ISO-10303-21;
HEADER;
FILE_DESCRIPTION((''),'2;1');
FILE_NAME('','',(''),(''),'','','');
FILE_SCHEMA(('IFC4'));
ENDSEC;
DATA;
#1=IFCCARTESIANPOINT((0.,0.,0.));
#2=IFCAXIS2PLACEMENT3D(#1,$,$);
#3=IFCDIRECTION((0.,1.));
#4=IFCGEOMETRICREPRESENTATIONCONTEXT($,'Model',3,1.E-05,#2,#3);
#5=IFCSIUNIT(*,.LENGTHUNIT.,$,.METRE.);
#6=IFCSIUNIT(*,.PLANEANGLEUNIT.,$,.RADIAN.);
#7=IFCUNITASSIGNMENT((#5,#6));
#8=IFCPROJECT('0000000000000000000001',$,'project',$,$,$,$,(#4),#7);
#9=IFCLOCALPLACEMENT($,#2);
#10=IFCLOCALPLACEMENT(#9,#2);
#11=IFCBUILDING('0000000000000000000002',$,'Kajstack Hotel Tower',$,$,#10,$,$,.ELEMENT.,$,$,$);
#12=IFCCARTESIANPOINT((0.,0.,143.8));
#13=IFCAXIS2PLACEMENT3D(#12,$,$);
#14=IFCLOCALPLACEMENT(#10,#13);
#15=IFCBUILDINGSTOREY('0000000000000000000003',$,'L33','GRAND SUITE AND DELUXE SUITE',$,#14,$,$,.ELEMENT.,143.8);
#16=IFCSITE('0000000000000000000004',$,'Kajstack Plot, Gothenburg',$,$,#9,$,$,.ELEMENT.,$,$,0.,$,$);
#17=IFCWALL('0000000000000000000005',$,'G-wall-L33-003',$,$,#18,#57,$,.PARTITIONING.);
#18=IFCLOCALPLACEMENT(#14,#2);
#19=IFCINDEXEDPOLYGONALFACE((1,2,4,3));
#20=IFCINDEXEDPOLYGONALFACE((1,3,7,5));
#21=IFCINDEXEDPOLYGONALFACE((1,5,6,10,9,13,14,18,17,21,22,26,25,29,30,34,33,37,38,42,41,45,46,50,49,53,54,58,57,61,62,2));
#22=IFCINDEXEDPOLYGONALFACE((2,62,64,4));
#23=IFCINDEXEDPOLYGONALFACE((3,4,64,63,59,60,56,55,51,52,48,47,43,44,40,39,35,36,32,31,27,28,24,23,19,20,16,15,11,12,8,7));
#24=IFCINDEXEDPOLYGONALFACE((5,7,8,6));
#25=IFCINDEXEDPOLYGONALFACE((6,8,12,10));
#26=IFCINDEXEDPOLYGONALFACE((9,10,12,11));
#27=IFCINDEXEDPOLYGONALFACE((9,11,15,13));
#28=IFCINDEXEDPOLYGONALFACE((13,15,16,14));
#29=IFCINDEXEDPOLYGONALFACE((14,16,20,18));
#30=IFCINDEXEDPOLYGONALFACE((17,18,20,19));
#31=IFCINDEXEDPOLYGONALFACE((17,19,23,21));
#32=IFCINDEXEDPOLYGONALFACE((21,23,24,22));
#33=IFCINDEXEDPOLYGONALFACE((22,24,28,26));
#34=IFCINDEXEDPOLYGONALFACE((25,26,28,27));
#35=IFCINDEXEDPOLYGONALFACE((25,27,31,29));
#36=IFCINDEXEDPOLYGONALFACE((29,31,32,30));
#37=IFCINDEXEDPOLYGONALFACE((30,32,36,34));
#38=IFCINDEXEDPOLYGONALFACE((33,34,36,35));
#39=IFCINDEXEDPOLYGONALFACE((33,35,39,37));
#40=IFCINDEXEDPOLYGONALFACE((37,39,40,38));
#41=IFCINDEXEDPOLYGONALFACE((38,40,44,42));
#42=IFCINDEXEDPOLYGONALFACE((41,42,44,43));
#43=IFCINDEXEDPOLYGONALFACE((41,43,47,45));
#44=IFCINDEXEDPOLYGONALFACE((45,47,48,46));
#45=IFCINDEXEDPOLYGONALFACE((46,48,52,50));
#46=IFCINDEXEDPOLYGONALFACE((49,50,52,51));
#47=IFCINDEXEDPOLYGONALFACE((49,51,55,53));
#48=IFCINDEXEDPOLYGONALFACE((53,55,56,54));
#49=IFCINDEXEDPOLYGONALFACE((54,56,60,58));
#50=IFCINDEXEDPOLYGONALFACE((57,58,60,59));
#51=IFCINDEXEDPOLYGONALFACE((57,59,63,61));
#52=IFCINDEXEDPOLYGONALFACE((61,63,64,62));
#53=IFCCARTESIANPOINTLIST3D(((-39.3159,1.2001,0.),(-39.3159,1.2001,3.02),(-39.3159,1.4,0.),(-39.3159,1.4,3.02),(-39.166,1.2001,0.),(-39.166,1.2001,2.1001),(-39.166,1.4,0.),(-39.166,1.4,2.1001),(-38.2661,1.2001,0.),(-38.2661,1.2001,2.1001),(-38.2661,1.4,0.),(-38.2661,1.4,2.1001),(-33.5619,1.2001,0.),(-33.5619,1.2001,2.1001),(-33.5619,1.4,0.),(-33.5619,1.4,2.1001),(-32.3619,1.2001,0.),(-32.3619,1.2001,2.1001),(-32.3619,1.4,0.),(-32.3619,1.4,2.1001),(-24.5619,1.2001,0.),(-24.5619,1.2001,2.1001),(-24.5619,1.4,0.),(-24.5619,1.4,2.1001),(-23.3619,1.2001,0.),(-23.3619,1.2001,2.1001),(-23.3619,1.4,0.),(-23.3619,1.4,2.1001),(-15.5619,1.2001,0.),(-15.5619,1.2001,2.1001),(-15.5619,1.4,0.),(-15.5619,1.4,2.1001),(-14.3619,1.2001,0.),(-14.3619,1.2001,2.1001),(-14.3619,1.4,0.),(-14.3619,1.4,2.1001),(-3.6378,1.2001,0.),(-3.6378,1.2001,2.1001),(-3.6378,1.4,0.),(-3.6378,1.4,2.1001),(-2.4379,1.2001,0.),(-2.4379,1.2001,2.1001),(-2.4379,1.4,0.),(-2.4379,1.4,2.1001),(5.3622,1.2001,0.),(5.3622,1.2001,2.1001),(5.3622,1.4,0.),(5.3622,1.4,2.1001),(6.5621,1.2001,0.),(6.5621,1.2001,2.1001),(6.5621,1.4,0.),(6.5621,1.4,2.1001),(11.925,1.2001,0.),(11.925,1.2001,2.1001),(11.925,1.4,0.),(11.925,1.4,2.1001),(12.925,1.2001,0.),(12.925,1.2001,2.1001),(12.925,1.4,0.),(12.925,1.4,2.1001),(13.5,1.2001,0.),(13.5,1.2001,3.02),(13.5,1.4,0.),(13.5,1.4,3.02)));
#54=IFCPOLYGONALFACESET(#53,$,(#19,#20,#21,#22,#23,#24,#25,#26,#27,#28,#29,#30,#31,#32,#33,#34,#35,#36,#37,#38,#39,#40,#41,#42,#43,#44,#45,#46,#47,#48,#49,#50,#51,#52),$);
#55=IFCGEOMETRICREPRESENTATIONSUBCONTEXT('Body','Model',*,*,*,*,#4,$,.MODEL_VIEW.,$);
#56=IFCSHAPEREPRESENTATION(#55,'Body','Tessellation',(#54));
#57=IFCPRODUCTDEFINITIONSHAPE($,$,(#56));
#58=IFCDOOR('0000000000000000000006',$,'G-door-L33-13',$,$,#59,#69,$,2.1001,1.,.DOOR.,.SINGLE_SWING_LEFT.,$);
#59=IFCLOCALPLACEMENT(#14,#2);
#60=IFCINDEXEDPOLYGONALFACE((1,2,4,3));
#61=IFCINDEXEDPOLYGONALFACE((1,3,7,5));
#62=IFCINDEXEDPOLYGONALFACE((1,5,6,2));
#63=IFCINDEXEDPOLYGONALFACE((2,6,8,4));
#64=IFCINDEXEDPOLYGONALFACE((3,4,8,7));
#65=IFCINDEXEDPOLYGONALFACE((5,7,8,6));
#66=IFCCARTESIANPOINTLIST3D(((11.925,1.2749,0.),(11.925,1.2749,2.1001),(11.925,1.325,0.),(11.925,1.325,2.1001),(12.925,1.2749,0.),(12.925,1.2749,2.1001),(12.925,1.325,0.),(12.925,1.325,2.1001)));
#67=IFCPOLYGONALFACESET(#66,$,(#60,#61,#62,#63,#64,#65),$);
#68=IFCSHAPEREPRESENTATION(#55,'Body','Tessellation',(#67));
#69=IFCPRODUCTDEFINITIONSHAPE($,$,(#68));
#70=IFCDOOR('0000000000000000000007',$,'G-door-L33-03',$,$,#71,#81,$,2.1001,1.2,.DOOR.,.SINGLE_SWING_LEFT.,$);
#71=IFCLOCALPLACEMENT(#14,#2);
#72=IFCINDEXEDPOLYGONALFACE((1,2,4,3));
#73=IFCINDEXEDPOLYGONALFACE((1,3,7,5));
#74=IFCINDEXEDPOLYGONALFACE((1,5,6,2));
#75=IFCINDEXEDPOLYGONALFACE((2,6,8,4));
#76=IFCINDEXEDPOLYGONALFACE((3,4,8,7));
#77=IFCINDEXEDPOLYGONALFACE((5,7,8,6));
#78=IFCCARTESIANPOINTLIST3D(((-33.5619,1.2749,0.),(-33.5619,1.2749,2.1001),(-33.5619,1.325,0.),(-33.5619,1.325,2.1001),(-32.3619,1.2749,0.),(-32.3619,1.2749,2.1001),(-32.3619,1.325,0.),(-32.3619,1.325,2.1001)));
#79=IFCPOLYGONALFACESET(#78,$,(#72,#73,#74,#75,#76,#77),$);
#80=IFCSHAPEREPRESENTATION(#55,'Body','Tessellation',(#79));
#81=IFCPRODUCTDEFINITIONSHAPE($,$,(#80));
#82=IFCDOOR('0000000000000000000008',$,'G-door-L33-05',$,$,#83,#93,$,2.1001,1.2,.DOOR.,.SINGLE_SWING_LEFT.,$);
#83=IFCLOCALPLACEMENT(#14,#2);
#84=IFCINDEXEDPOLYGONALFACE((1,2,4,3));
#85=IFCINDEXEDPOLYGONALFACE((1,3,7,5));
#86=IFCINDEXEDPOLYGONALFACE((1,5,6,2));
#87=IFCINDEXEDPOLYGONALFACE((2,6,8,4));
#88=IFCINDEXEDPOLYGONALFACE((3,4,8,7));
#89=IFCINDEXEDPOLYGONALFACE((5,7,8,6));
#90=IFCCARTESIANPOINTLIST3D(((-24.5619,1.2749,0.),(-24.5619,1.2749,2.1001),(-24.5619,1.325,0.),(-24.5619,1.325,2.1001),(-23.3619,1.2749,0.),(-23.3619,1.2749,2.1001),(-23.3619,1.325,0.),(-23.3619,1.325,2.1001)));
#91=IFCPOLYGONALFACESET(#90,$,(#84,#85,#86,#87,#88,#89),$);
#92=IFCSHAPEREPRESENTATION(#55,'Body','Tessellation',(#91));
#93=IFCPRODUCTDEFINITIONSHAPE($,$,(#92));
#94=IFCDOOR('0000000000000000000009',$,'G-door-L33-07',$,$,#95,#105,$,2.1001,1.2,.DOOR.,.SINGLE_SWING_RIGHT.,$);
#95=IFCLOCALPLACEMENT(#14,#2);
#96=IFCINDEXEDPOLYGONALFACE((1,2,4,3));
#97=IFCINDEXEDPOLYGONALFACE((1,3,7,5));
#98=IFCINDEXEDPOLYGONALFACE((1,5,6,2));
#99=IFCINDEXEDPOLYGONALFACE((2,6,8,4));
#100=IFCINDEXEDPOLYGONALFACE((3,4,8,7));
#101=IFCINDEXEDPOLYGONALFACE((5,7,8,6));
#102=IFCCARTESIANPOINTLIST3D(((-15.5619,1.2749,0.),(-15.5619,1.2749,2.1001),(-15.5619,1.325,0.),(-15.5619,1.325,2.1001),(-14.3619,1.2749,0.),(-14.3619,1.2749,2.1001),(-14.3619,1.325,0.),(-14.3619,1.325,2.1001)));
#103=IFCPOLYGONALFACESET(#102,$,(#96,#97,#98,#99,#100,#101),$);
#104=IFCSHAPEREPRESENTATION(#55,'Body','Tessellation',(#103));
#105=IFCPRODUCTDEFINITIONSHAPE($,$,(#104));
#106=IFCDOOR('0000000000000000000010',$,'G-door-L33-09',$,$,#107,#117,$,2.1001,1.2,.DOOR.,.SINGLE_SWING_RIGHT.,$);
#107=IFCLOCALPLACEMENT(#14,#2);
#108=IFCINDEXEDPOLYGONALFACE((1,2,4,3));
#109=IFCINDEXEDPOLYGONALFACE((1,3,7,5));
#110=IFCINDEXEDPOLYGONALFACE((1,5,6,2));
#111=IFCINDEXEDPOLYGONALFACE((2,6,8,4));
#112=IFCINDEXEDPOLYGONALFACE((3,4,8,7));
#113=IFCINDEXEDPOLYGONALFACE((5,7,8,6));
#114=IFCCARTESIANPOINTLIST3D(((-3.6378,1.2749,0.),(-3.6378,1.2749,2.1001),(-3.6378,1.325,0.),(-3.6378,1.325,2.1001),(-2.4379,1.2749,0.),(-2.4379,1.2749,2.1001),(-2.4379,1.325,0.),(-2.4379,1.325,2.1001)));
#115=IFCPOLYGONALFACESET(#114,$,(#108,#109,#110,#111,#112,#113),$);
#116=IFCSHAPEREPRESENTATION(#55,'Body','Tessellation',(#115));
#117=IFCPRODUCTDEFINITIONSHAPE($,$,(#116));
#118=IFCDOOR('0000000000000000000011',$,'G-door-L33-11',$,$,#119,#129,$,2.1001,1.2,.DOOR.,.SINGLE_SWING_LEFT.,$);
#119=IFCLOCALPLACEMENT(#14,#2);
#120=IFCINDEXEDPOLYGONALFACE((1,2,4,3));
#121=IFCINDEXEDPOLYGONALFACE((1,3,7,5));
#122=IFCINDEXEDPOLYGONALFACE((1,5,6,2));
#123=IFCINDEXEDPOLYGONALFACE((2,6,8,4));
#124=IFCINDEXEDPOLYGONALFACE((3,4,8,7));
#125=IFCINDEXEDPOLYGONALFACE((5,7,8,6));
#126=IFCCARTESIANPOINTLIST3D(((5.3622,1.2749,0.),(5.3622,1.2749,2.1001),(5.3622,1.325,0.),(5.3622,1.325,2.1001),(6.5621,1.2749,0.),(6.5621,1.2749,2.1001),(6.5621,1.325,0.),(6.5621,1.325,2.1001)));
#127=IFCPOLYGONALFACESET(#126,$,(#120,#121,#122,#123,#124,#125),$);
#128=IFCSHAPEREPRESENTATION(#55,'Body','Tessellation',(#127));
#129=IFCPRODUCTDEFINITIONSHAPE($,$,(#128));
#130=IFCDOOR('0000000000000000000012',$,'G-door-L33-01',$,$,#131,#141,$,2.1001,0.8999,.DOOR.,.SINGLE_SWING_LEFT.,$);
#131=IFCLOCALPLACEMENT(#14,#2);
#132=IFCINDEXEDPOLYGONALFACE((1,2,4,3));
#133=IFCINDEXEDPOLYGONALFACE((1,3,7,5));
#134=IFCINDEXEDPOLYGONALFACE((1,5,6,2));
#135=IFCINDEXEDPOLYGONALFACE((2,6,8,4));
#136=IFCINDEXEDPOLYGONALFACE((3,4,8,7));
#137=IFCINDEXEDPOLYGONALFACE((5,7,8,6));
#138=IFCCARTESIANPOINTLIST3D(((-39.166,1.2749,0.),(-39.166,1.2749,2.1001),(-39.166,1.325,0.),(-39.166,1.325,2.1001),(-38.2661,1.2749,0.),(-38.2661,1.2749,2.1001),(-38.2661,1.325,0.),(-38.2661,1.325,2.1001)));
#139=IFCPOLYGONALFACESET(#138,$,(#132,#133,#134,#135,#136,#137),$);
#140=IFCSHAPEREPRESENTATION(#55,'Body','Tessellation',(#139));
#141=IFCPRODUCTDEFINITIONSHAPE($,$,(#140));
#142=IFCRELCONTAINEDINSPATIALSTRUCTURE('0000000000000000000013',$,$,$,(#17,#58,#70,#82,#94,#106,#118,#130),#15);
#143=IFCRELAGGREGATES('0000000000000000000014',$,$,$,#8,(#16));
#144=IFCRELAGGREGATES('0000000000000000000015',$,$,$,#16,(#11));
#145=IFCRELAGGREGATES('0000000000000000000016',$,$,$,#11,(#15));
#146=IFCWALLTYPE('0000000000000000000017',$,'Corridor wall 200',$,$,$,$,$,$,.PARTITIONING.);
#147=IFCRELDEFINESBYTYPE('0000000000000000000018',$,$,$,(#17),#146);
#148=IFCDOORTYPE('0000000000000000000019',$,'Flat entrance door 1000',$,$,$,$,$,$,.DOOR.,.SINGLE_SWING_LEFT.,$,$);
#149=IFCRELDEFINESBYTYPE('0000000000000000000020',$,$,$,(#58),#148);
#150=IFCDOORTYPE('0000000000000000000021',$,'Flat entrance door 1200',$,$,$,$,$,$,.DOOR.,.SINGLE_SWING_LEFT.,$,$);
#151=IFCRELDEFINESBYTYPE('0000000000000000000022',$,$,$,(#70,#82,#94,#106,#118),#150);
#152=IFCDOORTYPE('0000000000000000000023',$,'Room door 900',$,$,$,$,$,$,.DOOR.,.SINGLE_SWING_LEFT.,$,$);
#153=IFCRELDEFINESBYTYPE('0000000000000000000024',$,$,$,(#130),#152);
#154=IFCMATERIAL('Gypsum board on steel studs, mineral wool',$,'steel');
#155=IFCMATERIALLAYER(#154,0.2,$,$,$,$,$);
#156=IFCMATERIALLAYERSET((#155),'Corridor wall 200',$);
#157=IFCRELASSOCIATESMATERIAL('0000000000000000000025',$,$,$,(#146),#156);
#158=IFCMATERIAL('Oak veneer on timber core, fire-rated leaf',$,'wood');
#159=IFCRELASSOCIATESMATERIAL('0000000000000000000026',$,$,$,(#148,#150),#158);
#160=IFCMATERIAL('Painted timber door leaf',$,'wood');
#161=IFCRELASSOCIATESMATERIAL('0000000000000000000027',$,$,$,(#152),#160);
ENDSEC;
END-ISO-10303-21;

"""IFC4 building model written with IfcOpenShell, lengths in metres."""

from ifc_helpers import new_model, si_unit, direction, frame, frame_2d, origin, place, context, subcontext, project, spatial, rectangle, extrude, material, layer, layer_set, type_object, element, fill, save


model = new_model("IFC4")

# Units and contexts
model_context = context("Model", 3, precision=1e-05, world=origin(), true_north=direction((0.0, 1.0)))
body_context = subcontext(model_context, "Body", "Model", "MODEL_VIEW")
ifc_project = project(units=[si_unit("LENGTHUNIT", "METRE"), si_unit("PLANEANGLEUNIT", "RADIAN")], contexts=[model_context])

# Site, building, storey
site_placement = place(None, origin())
site = spatial("IfcSite", under=ifc_project, at=site_placement, Name="Kajstack Plot, Gothenburg", CompositionType="ELEMENT", RefElevation=0.0)
building_placement = place(site_placement, origin())
building = spatial("IfcBuilding", under=site, at=building_placement, Name="Kajstack Hotel Tower", CompositionType="ELEMENT")
storey_placement = place(building_placement, frame((0.0, 0.0, 143.8)))
storey = spatial("IfcBuildingStorey", under=building, at=storey_placement, Name="L33", Description="GRAND SUITE AND DELUXE SUITE", CompositionType="ELEMENT", Elevation=143.8)

# Wall, openings, doors
ifc_material_1 = material(Name="Gypsum board on steel studs, mineral wool", Category="steel")
ifc_layer_1 = layer(ifc_material_1, 0.2)
ifc_layer_set_1 = layer_set([ifc_layer_1], Name="Corridor wall 200")
wall_type_1 = type_object("IfcWallType", Name="Corridor wall 200", PredefinedType="PARTITIONING", material=ifc_layer_set_1)
wall_1_placement = place(storey_placement, frame((-39.3159, 1.3, 0.0), z_axis=(0.0, 0.0, 1.0), x_axis=(1.0, 0.0, 0.0)))
wall_1 = element("IfcWall", 1, at=wall_1_placement, inside=storey, type_object=wall_type_1, Name="G-wall-L33-003", PredefinedType="PARTITIONING", context=body_context, shape_type="SweptSolid", body=[
    extrude(rectangle(XDim=52.8159, YDim=0.2, at=frame_2d((26.408, 0.0))), origin(), (0.0, 0.0, 1.0), 3.02),
])
opening_1_placement = place(wall_1_placement, frame((0.1499, 0.0, 0.0)))
opening_1 = element("IfcOpeningElement", 2, at=opening_1_placement, cuts=wall_1, PredefinedType="OPENING", context=body_context, shape_type="SweptSolid", body=[
    extrude(rectangle(XDim=0.8999, YDim=2.1001, at=frame_2d((0.45, 1.05))), frame((0.0, 0.1099, 0.0), z_axis=(0.0, -1.0, 0.0), x_axis=(1.0, 0.0, 0.0)), (0.0, 0.0, 1.0), 0.22),
])
opening_2_placement = place(wall_1_placement, frame((5.7539, 0.0, 0.0)))
opening_2 = element("IfcOpeningElement", 3, at=opening_2_placement, cuts=wall_1, PredefinedType="OPENING", context=body_context, shape_type="SweptSolid", body=[
    extrude(rectangle(XDim=1.2, YDim=2.1001, at=frame_2d((0.6001, 1.05))), frame((0.0, 0.1099, 0.0), z_axis=(0.0, -1.0, 0.0), x_axis=(1.0, 0.0, 0.0)), (0.0, 0.0, 1.0), 0.22),
])
opening_3_placement = place(wall_1_placement, frame((14.7539, 0.0, 0.0)))
opening_3 = element("IfcOpeningElement", 4, at=opening_3_placement, cuts=wall_1, PredefinedType="OPENING", context=body_context, shape_type="SweptSolid", body=[
    extrude(rectangle(XDim=1.2, YDim=2.1001, at=frame_2d((0.6001, 1.05))), frame((0.0, 0.1099, 0.0), z_axis=(0.0, -1.0, 0.0), x_axis=(1.0, 0.0, 0.0)), (0.0, 0.0, 1.0), 0.22),
])
opening_4_placement = place(wall_1_placement, frame((23.7539, 0.0, 0.0)))
opening_4 = element("IfcOpeningElement", 5, at=opening_4_placement, cuts=wall_1, PredefinedType="OPENING", context=body_context, shape_type="SweptSolid", body=[
    extrude(rectangle(XDim=1.2, YDim=2.1001, at=frame_2d((0.6001, 1.05))), frame((0.0, 0.1099, 0.0), z_axis=(0.0, -1.0, 0.0), x_axis=(1.0, 0.0, 0.0)), (0.0, 0.0, 1.0), 0.22),
])
opening_5_placement = place(wall_1_placement, frame((35.678, 0.0, 0.0)))
opening_5 = element("IfcOpeningElement", 6, at=opening_5_placement, cuts=wall_1, PredefinedType="OPENING", context=body_context, shape_type="SweptSolid", body=[
    extrude(rectangle(XDim=1.2, YDim=2.1001, at=frame_2d((0.6001, 1.05))), frame((0.0, 0.1099, 0.0), z_axis=(0.0, -1.0, 0.0), x_axis=(1.0, 0.0, 0.0)), (0.0, 0.0, 1.0), 0.22),
])
opening_6_placement = place(wall_1_placement, frame((44.678, 0.0, 0.0)))
opening_6 = element("IfcOpeningElement", 7, at=opening_6_placement, cuts=wall_1, PredefinedType="OPENING", context=body_context, shape_type="SweptSolid", body=[
    extrude(rectangle(XDim=1.2, YDim=2.1001, at=frame_2d((0.6001, 1.05))), frame((0.0, 0.1099, 0.0), z_axis=(0.0, -1.0, 0.0), x_axis=(1.0, 0.0, 0.0)), (0.0, 0.0, 1.0), 0.22),
])
opening_7_placement = place(wall_1_placement, frame((51.241, 0.0, 0.0)))
opening_7 = element("IfcOpeningElement", 8, at=opening_7_placement, cuts=wall_1, PredefinedType="OPENING", context=body_context, shape_type="SweptSolid", body=[
    extrude(rectangle(XDim=1.0, YDim=2.1001, at=frame_2d((0.5, 1.05))), frame((0.0, 0.1099, 0.0), z_axis=(0.0, -1.0, 0.0), x_axis=(1.0, 0.0, 0.0)), (0.0, 0.0, 1.0), 0.22),
])
ifc_material_2 = material(Name="Oak veneer on timber core, fire-rated leaf", Category="wood")
door_type_1 = type_object("IfcDoorType", Name="Flat entrance door 1000", OperationType="SINGLE_SWING_LEFT", PredefinedType="DOOR", material=ifc_material_2)
door_1_placement = place(opening_7_placement, origin())
door_1 = element("IfcDoor", 9, at=door_1_placement, inside=storey, type_object=door_type_1, Name="G-door-L33-13", OperationType="SINGLE_SWING_LEFT", OverallHeight=2.1001, OverallWidth=1.0, PredefinedType="DOOR", context=body_context, shape_type="SweptSolid", body=[
    extrude(rectangle(XDim=1.0, YDim=2.1001, at=frame_2d((0.5, 1.05))), frame((0.0, 0.0249, 0.0), z_axis=(0.0, -1.0, 0.0), x_axis=(1.0, 0.0, 0.0)), (0.0, 0.0, 1.0), 0.05),
])
fill(opening_7, door_1)
door_type_2 = type_object("IfcDoorType", Name="Flat entrance door 1200", OperationType="SINGLE_SWING_LEFT", PredefinedType="DOOR", material=ifc_material_2)
door_2_placement = place(opening_2_placement, origin())
door_2 = element("IfcDoor", 10, at=door_2_placement, inside=storey, type_object=door_type_2, Name="G-door-L33-03", OperationType="SINGLE_SWING_LEFT", OverallHeight=2.1001, OverallWidth=1.2, PredefinedType="DOOR", context=body_context, shape_type="SweptSolid", body=[
    extrude(rectangle(XDim=1.2, YDim=2.1001, at=frame_2d((0.6001, 1.05))), frame((0.0, 0.0249, 0.0), z_axis=(0.0, -1.0, 0.0), x_axis=(1.0, 0.0, 0.0)), (0.0, 0.0, 1.0), 0.05),
])
fill(opening_2, door_2)
door_3_placement = place(opening_3_placement, origin())
door_3 = element("IfcDoor", 11, at=door_3_placement, inside=storey, type_object=door_type_2, Name="G-door-L33-05", OperationType="SINGLE_SWING_LEFT", OverallHeight=2.1001, OverallWidth=1.2, PredefinedType="DOOR", context=body_context, shape_type="SweptSolid", body=[
    extrude(rectangle(XDim=1.2, YDim=2.1001, at=frame_2d((0.6001, 1.05))), frame((0.0, 0.0249, 0.0), z_axis=(0.0, -1.0, 0.0), x_axis=(1.0, 0.0, 0.0)), (0.0, 0.0, 1.0), 0.05),
])
fill(opening_3, door_3)
door_4_placement = place(opening_4_placement, origin())
door_4 = element("IfcDoor", 12, at=door_4_placement, inside=storey, type_object=door_type_2, Name="G-door-L33-07", OperationType="SINGLE_SWING_RIGHT", OverallHeight=2.1001, OverallWidth=1.2, PredefinedType="DOOR", context=body_context, shape_type="SweptSolid", body=[
    extrude(rectangle(XDim=1.2, YDim=2.1001, at=frame_2d((0.6001, 1.05))), frame((0.0, 0.0249, 0.0), z_axis=(0.0, -1.0, 0.0), x_axis=(1.0, 0.0, 0.0)), (0.0, 0.0, 1.0), 0.05),
])
fill(opening_4, door_4)
door_5_placement = place(opening_5_placement, origin())
door_5 = element("IfcDoor", 13, at=door_5_placement, inside=storey, type_object=door_type_2, Name="G-door-L33-09", OperationType="SINGLE_SWING_RIGHT", OverallHeight=2.1001, OverallWidth=1.2, PredefinedType="DOOR", context=body_context, shape_type="SweptSolid", body=[
    extrude(rectangle(XDim=1.2, YDim=2.1001, at=frame_2d((0.6001, 1.05))), frame((0.0, 0.0249, 0.0), z_axis=(0.0, -1.0, 0.0), x_axis=(1.0, 0.0, 0.0)), (0.0, 0.0, 1.0), 0.05),
])
fill(opening_5, door_5)
door_6_placement = place(opening_6_placement, origin())
door_6 = element("IfcDoor", 14, at=door_6_placement, inside=storey, type_object=door_type_2, Name="G-door-L33-11", OperationType="SINGLE_SWING_LEFT", OverallHeight=2.1001, OverallWidth=1.2, PredefinedType="DOOR", context=body_context, shape_type="SweptSolid", body=[
    extrude(rectangle(XDim=1.2, YDim=2.1001, at=frame_2d((0.6001, 1.05))), frame((0.0, 0.0249, 0.0), z_axis=(0.0, -1.0, 0.0), x_axis=(1.0, 0.0, 0.0)), (0.0, 0.0, 1.0), 0.05),
])
fill(opening_6, door_6)
ifc_material_3 = material(Name="Painted timber door leaf", Category="wood")
door_type_3 = type_object("IfcDoorType", Name="Room door 900", OperationType="SINGLE_SWING_LEFT", PredefinedType="DOOR", material=ifc_material_3)
door_7_placement = place(opening_1_placement, origin())
door_7 = element("IfcDoor", 15, at=door_7_placement, inside=storey, type_object=door_type_3, Name="G-door-L33-01", OperationType="SINGLE_SWING_LEFT", OverallHeight=2.1001, OverallWidth=0.8999, PredefinedType="DOOR", context=body_context, shape_type="SweptSolid", body=[
    extrude(rectangle(XDim=0.8999, YDim=2.1001, at=frame_2d((0.45, 1.05))), frame((0.0, 0.0249, 0.0), z_axis=(0.0, -1.0, 0.0), x_axis=(1.0, 0.0, 0.0)), (0.0, 0.0, 1.0), 0.05),
])
fill(opening_1, door_7)

save(model, "model.ifc")
